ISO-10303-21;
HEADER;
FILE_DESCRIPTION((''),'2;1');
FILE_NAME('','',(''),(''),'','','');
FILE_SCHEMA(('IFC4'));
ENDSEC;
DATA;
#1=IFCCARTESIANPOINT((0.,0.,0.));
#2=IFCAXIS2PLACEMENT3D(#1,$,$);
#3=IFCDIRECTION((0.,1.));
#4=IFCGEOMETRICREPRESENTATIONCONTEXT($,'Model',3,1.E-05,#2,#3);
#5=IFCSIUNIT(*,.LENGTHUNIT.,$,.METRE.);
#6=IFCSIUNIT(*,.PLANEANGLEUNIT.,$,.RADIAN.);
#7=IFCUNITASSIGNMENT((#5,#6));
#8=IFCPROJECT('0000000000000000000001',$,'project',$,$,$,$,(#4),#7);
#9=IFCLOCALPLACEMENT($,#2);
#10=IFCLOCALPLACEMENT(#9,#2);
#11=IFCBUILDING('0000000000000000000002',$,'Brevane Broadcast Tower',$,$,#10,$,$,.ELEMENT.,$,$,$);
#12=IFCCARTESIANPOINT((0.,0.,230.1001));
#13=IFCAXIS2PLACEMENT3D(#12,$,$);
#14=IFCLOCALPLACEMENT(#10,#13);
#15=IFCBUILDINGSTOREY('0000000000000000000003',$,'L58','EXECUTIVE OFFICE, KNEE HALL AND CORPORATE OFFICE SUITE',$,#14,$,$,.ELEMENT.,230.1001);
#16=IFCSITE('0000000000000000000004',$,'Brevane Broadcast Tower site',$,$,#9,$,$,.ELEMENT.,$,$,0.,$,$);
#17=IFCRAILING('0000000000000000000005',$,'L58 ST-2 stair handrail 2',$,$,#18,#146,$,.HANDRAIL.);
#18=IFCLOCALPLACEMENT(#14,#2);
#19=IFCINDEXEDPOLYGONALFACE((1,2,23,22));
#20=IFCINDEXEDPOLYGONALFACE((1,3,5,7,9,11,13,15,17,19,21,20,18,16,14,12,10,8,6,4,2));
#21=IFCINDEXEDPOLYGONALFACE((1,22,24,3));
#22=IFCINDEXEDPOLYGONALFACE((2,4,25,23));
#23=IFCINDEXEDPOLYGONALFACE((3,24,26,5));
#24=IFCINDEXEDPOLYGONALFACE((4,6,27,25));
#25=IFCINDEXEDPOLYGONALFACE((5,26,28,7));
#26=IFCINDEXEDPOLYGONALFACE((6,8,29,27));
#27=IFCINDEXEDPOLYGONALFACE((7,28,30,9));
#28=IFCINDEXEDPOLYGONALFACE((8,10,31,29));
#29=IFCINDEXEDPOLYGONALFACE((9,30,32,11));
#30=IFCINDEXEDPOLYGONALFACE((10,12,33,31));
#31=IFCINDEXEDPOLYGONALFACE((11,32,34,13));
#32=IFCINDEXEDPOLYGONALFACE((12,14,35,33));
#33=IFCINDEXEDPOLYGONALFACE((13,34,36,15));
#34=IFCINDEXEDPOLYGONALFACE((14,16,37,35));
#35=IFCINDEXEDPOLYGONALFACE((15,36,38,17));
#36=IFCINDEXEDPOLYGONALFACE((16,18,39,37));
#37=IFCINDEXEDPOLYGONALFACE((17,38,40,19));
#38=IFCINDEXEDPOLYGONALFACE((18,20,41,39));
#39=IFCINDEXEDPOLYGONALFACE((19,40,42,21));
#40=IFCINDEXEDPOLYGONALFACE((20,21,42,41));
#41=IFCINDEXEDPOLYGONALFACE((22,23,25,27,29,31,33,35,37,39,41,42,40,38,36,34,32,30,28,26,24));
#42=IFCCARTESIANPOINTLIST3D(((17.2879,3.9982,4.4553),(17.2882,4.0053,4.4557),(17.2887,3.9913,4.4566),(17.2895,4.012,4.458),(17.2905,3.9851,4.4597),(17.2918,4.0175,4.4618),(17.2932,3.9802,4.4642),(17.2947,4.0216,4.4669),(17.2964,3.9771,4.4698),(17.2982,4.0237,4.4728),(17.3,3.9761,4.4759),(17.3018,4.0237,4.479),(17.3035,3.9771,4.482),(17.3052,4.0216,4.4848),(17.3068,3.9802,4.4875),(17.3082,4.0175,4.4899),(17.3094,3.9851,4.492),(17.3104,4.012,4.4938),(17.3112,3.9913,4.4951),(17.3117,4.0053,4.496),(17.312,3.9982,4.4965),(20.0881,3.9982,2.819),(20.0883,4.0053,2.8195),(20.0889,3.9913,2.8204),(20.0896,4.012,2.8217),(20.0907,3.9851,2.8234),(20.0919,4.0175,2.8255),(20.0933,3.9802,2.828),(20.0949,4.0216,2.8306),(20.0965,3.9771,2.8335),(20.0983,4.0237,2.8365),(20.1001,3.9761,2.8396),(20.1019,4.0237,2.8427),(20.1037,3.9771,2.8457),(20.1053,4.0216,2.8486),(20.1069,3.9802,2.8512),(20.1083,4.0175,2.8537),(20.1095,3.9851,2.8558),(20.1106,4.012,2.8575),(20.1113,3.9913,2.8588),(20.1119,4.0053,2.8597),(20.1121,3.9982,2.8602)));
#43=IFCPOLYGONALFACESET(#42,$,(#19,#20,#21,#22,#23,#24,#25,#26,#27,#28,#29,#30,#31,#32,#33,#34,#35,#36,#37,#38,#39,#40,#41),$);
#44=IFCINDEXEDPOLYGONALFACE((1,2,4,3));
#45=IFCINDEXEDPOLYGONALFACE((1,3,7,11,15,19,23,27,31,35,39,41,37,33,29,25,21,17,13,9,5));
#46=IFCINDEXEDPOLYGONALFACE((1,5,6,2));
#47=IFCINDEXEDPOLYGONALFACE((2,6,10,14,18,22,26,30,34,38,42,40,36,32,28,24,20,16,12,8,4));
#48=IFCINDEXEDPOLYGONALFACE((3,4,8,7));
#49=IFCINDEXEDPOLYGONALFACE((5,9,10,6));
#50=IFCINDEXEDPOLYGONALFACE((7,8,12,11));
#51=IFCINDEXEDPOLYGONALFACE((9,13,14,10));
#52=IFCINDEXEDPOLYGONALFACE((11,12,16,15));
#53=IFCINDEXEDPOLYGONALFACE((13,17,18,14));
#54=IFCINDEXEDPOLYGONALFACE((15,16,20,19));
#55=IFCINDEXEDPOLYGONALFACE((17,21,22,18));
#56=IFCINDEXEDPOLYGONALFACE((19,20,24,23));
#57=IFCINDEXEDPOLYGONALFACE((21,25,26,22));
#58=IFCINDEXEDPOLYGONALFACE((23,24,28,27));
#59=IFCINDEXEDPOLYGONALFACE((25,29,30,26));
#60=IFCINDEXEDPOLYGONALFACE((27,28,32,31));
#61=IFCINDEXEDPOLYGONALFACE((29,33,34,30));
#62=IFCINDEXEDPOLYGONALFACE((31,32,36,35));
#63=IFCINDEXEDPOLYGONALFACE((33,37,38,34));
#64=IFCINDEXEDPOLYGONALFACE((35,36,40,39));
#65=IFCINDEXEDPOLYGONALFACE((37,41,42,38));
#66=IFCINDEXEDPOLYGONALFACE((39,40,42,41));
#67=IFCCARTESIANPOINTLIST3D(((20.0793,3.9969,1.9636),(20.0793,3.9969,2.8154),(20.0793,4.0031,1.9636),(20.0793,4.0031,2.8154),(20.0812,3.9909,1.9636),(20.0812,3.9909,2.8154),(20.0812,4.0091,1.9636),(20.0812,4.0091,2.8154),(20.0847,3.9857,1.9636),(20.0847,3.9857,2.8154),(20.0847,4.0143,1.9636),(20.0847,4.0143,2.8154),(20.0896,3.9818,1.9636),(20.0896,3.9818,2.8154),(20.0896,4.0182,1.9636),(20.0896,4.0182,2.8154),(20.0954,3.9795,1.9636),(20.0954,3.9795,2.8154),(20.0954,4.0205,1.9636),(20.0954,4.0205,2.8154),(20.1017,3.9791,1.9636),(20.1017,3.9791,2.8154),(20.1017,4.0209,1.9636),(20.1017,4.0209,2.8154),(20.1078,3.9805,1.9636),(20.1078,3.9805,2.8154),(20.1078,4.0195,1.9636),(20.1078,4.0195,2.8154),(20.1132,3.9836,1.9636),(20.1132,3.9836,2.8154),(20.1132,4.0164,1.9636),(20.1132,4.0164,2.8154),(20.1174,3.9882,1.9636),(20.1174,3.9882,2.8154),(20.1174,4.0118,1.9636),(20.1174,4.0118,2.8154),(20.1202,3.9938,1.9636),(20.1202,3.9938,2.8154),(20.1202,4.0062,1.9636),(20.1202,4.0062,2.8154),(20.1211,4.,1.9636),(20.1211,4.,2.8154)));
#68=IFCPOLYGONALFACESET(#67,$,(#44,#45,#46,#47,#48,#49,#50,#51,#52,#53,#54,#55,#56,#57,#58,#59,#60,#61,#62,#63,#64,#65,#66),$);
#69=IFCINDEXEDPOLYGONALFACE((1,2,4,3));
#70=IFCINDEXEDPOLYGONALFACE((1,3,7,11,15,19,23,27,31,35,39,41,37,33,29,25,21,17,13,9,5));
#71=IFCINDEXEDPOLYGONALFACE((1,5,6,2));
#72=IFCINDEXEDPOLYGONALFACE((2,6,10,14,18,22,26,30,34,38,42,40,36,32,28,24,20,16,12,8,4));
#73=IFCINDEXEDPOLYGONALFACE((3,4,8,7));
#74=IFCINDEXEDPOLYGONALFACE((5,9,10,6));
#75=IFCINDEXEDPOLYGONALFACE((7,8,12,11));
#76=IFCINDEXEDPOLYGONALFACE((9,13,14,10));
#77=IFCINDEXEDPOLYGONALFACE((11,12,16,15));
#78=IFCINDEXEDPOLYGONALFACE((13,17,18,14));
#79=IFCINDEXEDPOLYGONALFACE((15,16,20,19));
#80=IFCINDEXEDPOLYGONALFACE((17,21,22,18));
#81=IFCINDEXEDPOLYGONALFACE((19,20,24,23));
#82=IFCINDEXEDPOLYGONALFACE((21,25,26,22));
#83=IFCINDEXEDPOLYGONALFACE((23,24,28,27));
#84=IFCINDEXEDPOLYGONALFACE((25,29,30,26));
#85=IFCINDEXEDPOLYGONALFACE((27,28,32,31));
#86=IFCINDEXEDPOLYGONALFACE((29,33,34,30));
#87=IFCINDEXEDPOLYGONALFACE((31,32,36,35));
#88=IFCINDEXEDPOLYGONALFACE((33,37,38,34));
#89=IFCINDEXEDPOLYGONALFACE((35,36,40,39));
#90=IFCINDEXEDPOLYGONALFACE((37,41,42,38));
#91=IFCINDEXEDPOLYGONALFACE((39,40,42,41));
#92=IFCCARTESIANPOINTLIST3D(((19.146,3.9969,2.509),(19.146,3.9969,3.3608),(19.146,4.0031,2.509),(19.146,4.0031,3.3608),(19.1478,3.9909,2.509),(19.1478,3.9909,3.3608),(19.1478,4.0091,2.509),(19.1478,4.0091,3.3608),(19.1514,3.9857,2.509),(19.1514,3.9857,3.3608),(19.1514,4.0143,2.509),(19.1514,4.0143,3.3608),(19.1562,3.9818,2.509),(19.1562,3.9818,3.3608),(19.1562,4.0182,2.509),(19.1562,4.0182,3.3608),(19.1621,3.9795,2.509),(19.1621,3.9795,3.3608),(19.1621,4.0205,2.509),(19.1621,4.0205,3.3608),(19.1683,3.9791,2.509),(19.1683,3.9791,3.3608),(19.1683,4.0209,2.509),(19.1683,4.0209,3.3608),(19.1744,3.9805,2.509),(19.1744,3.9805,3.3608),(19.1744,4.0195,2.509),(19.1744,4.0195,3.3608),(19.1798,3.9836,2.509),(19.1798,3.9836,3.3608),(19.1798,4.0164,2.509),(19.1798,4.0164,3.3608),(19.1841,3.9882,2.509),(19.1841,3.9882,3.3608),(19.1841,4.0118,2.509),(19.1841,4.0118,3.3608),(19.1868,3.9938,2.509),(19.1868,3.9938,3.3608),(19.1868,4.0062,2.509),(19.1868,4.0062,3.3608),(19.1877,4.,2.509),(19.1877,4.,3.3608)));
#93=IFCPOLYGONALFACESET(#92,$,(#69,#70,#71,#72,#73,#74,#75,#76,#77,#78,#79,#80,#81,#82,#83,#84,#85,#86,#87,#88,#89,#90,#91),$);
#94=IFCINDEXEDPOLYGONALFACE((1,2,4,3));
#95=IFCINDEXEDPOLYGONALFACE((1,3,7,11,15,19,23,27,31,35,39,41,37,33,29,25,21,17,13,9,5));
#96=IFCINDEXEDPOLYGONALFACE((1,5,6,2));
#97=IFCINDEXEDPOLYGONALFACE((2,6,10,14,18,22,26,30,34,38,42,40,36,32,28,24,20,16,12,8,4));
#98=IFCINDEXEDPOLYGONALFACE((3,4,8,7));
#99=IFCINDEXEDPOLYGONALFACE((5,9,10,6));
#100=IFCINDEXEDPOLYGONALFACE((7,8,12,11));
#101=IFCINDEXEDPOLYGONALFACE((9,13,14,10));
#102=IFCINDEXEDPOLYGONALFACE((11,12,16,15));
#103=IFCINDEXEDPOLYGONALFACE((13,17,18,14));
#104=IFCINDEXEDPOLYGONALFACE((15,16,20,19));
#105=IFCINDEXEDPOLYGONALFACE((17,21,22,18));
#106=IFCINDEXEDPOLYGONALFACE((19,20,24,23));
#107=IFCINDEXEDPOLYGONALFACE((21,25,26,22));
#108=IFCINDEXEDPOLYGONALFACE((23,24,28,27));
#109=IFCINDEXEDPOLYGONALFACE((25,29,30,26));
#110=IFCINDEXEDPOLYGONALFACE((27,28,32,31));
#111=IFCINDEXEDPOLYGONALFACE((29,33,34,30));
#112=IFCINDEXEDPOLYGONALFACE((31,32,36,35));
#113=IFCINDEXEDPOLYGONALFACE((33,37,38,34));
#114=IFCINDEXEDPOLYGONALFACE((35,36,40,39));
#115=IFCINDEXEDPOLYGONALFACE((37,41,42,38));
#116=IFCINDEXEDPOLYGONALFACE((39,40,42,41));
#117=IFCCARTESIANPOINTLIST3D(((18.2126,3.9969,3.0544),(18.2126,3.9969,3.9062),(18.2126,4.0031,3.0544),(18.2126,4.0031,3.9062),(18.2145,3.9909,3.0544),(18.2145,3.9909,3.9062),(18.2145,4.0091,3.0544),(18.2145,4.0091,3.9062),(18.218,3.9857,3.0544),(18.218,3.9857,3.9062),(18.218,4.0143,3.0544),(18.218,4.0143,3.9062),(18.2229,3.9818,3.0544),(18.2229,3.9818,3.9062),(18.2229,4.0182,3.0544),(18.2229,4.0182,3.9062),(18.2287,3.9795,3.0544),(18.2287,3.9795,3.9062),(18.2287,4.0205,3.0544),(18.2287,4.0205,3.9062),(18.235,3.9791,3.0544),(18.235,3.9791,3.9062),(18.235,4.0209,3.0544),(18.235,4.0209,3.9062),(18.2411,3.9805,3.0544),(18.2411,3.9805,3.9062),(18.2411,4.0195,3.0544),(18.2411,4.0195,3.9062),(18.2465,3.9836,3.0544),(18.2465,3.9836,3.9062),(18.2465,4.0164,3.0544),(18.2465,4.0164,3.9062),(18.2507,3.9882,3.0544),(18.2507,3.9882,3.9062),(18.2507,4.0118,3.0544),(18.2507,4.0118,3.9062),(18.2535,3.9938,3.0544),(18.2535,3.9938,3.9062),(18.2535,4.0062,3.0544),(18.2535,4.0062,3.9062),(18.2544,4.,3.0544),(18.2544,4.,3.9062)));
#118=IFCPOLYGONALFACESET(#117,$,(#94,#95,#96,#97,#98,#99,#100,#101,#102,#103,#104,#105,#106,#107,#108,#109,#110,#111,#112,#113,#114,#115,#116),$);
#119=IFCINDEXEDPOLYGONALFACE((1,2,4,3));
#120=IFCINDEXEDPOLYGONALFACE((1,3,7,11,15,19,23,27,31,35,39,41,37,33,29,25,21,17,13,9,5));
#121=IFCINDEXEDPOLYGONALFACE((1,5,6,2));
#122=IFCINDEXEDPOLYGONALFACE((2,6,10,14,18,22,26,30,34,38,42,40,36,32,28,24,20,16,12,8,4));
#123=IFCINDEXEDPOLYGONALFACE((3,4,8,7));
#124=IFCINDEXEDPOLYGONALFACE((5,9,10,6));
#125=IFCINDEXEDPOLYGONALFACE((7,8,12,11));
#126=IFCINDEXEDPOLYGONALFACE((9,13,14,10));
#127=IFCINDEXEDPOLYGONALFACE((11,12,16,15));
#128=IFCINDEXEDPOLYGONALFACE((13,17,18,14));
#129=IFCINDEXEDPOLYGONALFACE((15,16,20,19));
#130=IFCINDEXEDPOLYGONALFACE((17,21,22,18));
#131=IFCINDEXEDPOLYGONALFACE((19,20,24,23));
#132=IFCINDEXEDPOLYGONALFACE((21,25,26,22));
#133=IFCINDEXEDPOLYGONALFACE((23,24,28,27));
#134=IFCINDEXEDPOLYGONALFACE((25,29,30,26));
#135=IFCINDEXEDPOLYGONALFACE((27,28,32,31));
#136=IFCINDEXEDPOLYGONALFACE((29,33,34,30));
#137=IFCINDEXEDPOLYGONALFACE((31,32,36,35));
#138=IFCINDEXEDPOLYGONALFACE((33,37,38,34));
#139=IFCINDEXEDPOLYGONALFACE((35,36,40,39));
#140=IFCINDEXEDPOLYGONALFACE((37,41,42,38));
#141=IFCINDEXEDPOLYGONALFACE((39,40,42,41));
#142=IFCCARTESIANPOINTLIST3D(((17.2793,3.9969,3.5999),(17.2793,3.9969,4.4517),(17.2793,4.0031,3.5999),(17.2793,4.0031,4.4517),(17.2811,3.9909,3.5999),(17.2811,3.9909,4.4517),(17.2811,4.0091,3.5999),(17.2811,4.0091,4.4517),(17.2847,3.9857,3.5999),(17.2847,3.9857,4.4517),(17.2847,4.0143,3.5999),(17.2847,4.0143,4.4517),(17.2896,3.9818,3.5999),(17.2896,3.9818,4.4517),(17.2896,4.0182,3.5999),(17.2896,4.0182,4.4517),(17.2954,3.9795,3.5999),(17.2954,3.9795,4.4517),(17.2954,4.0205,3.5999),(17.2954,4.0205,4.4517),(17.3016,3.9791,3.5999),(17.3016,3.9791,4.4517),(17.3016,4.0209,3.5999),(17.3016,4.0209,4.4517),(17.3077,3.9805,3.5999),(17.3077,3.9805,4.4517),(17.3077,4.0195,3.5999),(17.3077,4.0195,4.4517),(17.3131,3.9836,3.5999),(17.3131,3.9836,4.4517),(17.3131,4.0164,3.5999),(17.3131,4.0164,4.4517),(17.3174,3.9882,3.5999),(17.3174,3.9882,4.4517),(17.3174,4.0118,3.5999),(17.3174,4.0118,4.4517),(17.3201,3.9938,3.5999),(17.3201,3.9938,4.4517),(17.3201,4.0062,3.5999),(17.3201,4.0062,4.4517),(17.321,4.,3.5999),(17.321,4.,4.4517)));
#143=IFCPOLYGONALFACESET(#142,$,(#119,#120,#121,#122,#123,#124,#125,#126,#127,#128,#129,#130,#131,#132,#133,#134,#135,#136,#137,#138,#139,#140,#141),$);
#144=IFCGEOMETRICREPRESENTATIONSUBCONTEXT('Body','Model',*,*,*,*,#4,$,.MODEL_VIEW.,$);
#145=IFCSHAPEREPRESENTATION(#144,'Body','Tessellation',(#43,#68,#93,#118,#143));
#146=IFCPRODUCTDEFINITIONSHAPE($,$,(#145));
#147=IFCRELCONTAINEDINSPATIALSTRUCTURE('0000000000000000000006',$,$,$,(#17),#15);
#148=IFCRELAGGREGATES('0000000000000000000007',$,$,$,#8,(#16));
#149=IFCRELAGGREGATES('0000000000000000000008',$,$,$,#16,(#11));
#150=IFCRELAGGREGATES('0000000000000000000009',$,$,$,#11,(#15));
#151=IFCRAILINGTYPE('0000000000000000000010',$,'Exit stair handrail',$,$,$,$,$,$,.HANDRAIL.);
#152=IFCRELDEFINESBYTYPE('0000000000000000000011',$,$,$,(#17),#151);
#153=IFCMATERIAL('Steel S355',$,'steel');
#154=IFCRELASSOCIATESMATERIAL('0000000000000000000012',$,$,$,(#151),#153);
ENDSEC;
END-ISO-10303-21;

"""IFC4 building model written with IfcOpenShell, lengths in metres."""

from ifc_helpers import new_model, si_unit, direction, frame, origin, origin_2d, place, context, subcontext, project, spatial, circle, extrude, material, type_object, element, save


model = new_model("IFC4")

# Units and contexts
model_context = context("Model", 3, precision=1e-05, world=origin(), true_north=direction((0.0, 1.0)))
body_context = subcontext(model_context, "Body", "Model", "MODEL_VIEW")
ifc_project = project(units=[si_unit("LENGTHUNIT", "METRE"), si_unit("PLANEANGLEUNIT", "RADIAN")], contexts=[model_context])

# Site, building, storey
site_placement = place(None, origin())
site = spatial("IfcSite", under=ifc_project, at=site_placement, Name="Brevane Broadcast Tower site", CompositionType="ELEMENT", RefElevation=0.0)
building_placement = place(site_placement, origin())
building = spatial("IfcBuilding", under=site, at=building_placement, Name="Brevane Broadcast Tower", CompositionType="ELEMENT")
storey_placement = place(building_placement, frame((0.0, 0.0, 230.1001)))
storey = spatial("IfcBuildingStorey", under=building, at=storey_placement, Name="L58", Description="EXECUTIVE OFFICE, KNEE HALL AND CORPORATE OFFICE SUITE", CompositionType="ELEMENT", Elevation=230.1001)

# Railing
ifc_material_1 = material(Name="Steel S355", Category="steel")
railing_type_1 = type_object("IfcRailingType", Name="Exit stair handrail", PredefinedType="HANDRAIL", material=ifc_material_1)
railing_1_placement = place(storey_placement, frame((20.1001, 4.0, 1.9636)))
element("IfcRailing", 1, at=railing_1_placement, inside=storey, type_object=railing_type_1, Name="L58 ST-2 stair handrail 2", PredefinedType="HANDRAIL", context=body_context, shape_type="SweptSolid", body=[
    extrude(circle(Radius=0.0239, at=origin_2d()), frame((0.0, 0.0, 0.876), z_axis=(-0.863394, 0.0, 0.504531), x_axis=(0.0, -1.0, 0.0)), (0.0, 0.0, 1.0), 3.2432),
    extrude(circle(Radius=0.021, at=origin_2d()), origin(), (0.0, 0.0, 1.0), 0.8518),
    extrude(circle(Radius=0.021, at=origin_2d()), frame((-0.9333, 0.0, 0.5454)), (0.0, 0.0, 1.0), 0.8518),
    extrude(circle(Radius=0.021, at=origin_2d()), frame((-1.8667, 0.0, 1.0908)), (0.0, 0.0, 1.0), 0.8518),
    extrude(circle(Radius=0.021, at=origin_2d()), frame((-2.8, 0.0, 1.6362)), (0.0, 0.0, 1.0), 0.8518),
])

save(model, "model.ifc")
